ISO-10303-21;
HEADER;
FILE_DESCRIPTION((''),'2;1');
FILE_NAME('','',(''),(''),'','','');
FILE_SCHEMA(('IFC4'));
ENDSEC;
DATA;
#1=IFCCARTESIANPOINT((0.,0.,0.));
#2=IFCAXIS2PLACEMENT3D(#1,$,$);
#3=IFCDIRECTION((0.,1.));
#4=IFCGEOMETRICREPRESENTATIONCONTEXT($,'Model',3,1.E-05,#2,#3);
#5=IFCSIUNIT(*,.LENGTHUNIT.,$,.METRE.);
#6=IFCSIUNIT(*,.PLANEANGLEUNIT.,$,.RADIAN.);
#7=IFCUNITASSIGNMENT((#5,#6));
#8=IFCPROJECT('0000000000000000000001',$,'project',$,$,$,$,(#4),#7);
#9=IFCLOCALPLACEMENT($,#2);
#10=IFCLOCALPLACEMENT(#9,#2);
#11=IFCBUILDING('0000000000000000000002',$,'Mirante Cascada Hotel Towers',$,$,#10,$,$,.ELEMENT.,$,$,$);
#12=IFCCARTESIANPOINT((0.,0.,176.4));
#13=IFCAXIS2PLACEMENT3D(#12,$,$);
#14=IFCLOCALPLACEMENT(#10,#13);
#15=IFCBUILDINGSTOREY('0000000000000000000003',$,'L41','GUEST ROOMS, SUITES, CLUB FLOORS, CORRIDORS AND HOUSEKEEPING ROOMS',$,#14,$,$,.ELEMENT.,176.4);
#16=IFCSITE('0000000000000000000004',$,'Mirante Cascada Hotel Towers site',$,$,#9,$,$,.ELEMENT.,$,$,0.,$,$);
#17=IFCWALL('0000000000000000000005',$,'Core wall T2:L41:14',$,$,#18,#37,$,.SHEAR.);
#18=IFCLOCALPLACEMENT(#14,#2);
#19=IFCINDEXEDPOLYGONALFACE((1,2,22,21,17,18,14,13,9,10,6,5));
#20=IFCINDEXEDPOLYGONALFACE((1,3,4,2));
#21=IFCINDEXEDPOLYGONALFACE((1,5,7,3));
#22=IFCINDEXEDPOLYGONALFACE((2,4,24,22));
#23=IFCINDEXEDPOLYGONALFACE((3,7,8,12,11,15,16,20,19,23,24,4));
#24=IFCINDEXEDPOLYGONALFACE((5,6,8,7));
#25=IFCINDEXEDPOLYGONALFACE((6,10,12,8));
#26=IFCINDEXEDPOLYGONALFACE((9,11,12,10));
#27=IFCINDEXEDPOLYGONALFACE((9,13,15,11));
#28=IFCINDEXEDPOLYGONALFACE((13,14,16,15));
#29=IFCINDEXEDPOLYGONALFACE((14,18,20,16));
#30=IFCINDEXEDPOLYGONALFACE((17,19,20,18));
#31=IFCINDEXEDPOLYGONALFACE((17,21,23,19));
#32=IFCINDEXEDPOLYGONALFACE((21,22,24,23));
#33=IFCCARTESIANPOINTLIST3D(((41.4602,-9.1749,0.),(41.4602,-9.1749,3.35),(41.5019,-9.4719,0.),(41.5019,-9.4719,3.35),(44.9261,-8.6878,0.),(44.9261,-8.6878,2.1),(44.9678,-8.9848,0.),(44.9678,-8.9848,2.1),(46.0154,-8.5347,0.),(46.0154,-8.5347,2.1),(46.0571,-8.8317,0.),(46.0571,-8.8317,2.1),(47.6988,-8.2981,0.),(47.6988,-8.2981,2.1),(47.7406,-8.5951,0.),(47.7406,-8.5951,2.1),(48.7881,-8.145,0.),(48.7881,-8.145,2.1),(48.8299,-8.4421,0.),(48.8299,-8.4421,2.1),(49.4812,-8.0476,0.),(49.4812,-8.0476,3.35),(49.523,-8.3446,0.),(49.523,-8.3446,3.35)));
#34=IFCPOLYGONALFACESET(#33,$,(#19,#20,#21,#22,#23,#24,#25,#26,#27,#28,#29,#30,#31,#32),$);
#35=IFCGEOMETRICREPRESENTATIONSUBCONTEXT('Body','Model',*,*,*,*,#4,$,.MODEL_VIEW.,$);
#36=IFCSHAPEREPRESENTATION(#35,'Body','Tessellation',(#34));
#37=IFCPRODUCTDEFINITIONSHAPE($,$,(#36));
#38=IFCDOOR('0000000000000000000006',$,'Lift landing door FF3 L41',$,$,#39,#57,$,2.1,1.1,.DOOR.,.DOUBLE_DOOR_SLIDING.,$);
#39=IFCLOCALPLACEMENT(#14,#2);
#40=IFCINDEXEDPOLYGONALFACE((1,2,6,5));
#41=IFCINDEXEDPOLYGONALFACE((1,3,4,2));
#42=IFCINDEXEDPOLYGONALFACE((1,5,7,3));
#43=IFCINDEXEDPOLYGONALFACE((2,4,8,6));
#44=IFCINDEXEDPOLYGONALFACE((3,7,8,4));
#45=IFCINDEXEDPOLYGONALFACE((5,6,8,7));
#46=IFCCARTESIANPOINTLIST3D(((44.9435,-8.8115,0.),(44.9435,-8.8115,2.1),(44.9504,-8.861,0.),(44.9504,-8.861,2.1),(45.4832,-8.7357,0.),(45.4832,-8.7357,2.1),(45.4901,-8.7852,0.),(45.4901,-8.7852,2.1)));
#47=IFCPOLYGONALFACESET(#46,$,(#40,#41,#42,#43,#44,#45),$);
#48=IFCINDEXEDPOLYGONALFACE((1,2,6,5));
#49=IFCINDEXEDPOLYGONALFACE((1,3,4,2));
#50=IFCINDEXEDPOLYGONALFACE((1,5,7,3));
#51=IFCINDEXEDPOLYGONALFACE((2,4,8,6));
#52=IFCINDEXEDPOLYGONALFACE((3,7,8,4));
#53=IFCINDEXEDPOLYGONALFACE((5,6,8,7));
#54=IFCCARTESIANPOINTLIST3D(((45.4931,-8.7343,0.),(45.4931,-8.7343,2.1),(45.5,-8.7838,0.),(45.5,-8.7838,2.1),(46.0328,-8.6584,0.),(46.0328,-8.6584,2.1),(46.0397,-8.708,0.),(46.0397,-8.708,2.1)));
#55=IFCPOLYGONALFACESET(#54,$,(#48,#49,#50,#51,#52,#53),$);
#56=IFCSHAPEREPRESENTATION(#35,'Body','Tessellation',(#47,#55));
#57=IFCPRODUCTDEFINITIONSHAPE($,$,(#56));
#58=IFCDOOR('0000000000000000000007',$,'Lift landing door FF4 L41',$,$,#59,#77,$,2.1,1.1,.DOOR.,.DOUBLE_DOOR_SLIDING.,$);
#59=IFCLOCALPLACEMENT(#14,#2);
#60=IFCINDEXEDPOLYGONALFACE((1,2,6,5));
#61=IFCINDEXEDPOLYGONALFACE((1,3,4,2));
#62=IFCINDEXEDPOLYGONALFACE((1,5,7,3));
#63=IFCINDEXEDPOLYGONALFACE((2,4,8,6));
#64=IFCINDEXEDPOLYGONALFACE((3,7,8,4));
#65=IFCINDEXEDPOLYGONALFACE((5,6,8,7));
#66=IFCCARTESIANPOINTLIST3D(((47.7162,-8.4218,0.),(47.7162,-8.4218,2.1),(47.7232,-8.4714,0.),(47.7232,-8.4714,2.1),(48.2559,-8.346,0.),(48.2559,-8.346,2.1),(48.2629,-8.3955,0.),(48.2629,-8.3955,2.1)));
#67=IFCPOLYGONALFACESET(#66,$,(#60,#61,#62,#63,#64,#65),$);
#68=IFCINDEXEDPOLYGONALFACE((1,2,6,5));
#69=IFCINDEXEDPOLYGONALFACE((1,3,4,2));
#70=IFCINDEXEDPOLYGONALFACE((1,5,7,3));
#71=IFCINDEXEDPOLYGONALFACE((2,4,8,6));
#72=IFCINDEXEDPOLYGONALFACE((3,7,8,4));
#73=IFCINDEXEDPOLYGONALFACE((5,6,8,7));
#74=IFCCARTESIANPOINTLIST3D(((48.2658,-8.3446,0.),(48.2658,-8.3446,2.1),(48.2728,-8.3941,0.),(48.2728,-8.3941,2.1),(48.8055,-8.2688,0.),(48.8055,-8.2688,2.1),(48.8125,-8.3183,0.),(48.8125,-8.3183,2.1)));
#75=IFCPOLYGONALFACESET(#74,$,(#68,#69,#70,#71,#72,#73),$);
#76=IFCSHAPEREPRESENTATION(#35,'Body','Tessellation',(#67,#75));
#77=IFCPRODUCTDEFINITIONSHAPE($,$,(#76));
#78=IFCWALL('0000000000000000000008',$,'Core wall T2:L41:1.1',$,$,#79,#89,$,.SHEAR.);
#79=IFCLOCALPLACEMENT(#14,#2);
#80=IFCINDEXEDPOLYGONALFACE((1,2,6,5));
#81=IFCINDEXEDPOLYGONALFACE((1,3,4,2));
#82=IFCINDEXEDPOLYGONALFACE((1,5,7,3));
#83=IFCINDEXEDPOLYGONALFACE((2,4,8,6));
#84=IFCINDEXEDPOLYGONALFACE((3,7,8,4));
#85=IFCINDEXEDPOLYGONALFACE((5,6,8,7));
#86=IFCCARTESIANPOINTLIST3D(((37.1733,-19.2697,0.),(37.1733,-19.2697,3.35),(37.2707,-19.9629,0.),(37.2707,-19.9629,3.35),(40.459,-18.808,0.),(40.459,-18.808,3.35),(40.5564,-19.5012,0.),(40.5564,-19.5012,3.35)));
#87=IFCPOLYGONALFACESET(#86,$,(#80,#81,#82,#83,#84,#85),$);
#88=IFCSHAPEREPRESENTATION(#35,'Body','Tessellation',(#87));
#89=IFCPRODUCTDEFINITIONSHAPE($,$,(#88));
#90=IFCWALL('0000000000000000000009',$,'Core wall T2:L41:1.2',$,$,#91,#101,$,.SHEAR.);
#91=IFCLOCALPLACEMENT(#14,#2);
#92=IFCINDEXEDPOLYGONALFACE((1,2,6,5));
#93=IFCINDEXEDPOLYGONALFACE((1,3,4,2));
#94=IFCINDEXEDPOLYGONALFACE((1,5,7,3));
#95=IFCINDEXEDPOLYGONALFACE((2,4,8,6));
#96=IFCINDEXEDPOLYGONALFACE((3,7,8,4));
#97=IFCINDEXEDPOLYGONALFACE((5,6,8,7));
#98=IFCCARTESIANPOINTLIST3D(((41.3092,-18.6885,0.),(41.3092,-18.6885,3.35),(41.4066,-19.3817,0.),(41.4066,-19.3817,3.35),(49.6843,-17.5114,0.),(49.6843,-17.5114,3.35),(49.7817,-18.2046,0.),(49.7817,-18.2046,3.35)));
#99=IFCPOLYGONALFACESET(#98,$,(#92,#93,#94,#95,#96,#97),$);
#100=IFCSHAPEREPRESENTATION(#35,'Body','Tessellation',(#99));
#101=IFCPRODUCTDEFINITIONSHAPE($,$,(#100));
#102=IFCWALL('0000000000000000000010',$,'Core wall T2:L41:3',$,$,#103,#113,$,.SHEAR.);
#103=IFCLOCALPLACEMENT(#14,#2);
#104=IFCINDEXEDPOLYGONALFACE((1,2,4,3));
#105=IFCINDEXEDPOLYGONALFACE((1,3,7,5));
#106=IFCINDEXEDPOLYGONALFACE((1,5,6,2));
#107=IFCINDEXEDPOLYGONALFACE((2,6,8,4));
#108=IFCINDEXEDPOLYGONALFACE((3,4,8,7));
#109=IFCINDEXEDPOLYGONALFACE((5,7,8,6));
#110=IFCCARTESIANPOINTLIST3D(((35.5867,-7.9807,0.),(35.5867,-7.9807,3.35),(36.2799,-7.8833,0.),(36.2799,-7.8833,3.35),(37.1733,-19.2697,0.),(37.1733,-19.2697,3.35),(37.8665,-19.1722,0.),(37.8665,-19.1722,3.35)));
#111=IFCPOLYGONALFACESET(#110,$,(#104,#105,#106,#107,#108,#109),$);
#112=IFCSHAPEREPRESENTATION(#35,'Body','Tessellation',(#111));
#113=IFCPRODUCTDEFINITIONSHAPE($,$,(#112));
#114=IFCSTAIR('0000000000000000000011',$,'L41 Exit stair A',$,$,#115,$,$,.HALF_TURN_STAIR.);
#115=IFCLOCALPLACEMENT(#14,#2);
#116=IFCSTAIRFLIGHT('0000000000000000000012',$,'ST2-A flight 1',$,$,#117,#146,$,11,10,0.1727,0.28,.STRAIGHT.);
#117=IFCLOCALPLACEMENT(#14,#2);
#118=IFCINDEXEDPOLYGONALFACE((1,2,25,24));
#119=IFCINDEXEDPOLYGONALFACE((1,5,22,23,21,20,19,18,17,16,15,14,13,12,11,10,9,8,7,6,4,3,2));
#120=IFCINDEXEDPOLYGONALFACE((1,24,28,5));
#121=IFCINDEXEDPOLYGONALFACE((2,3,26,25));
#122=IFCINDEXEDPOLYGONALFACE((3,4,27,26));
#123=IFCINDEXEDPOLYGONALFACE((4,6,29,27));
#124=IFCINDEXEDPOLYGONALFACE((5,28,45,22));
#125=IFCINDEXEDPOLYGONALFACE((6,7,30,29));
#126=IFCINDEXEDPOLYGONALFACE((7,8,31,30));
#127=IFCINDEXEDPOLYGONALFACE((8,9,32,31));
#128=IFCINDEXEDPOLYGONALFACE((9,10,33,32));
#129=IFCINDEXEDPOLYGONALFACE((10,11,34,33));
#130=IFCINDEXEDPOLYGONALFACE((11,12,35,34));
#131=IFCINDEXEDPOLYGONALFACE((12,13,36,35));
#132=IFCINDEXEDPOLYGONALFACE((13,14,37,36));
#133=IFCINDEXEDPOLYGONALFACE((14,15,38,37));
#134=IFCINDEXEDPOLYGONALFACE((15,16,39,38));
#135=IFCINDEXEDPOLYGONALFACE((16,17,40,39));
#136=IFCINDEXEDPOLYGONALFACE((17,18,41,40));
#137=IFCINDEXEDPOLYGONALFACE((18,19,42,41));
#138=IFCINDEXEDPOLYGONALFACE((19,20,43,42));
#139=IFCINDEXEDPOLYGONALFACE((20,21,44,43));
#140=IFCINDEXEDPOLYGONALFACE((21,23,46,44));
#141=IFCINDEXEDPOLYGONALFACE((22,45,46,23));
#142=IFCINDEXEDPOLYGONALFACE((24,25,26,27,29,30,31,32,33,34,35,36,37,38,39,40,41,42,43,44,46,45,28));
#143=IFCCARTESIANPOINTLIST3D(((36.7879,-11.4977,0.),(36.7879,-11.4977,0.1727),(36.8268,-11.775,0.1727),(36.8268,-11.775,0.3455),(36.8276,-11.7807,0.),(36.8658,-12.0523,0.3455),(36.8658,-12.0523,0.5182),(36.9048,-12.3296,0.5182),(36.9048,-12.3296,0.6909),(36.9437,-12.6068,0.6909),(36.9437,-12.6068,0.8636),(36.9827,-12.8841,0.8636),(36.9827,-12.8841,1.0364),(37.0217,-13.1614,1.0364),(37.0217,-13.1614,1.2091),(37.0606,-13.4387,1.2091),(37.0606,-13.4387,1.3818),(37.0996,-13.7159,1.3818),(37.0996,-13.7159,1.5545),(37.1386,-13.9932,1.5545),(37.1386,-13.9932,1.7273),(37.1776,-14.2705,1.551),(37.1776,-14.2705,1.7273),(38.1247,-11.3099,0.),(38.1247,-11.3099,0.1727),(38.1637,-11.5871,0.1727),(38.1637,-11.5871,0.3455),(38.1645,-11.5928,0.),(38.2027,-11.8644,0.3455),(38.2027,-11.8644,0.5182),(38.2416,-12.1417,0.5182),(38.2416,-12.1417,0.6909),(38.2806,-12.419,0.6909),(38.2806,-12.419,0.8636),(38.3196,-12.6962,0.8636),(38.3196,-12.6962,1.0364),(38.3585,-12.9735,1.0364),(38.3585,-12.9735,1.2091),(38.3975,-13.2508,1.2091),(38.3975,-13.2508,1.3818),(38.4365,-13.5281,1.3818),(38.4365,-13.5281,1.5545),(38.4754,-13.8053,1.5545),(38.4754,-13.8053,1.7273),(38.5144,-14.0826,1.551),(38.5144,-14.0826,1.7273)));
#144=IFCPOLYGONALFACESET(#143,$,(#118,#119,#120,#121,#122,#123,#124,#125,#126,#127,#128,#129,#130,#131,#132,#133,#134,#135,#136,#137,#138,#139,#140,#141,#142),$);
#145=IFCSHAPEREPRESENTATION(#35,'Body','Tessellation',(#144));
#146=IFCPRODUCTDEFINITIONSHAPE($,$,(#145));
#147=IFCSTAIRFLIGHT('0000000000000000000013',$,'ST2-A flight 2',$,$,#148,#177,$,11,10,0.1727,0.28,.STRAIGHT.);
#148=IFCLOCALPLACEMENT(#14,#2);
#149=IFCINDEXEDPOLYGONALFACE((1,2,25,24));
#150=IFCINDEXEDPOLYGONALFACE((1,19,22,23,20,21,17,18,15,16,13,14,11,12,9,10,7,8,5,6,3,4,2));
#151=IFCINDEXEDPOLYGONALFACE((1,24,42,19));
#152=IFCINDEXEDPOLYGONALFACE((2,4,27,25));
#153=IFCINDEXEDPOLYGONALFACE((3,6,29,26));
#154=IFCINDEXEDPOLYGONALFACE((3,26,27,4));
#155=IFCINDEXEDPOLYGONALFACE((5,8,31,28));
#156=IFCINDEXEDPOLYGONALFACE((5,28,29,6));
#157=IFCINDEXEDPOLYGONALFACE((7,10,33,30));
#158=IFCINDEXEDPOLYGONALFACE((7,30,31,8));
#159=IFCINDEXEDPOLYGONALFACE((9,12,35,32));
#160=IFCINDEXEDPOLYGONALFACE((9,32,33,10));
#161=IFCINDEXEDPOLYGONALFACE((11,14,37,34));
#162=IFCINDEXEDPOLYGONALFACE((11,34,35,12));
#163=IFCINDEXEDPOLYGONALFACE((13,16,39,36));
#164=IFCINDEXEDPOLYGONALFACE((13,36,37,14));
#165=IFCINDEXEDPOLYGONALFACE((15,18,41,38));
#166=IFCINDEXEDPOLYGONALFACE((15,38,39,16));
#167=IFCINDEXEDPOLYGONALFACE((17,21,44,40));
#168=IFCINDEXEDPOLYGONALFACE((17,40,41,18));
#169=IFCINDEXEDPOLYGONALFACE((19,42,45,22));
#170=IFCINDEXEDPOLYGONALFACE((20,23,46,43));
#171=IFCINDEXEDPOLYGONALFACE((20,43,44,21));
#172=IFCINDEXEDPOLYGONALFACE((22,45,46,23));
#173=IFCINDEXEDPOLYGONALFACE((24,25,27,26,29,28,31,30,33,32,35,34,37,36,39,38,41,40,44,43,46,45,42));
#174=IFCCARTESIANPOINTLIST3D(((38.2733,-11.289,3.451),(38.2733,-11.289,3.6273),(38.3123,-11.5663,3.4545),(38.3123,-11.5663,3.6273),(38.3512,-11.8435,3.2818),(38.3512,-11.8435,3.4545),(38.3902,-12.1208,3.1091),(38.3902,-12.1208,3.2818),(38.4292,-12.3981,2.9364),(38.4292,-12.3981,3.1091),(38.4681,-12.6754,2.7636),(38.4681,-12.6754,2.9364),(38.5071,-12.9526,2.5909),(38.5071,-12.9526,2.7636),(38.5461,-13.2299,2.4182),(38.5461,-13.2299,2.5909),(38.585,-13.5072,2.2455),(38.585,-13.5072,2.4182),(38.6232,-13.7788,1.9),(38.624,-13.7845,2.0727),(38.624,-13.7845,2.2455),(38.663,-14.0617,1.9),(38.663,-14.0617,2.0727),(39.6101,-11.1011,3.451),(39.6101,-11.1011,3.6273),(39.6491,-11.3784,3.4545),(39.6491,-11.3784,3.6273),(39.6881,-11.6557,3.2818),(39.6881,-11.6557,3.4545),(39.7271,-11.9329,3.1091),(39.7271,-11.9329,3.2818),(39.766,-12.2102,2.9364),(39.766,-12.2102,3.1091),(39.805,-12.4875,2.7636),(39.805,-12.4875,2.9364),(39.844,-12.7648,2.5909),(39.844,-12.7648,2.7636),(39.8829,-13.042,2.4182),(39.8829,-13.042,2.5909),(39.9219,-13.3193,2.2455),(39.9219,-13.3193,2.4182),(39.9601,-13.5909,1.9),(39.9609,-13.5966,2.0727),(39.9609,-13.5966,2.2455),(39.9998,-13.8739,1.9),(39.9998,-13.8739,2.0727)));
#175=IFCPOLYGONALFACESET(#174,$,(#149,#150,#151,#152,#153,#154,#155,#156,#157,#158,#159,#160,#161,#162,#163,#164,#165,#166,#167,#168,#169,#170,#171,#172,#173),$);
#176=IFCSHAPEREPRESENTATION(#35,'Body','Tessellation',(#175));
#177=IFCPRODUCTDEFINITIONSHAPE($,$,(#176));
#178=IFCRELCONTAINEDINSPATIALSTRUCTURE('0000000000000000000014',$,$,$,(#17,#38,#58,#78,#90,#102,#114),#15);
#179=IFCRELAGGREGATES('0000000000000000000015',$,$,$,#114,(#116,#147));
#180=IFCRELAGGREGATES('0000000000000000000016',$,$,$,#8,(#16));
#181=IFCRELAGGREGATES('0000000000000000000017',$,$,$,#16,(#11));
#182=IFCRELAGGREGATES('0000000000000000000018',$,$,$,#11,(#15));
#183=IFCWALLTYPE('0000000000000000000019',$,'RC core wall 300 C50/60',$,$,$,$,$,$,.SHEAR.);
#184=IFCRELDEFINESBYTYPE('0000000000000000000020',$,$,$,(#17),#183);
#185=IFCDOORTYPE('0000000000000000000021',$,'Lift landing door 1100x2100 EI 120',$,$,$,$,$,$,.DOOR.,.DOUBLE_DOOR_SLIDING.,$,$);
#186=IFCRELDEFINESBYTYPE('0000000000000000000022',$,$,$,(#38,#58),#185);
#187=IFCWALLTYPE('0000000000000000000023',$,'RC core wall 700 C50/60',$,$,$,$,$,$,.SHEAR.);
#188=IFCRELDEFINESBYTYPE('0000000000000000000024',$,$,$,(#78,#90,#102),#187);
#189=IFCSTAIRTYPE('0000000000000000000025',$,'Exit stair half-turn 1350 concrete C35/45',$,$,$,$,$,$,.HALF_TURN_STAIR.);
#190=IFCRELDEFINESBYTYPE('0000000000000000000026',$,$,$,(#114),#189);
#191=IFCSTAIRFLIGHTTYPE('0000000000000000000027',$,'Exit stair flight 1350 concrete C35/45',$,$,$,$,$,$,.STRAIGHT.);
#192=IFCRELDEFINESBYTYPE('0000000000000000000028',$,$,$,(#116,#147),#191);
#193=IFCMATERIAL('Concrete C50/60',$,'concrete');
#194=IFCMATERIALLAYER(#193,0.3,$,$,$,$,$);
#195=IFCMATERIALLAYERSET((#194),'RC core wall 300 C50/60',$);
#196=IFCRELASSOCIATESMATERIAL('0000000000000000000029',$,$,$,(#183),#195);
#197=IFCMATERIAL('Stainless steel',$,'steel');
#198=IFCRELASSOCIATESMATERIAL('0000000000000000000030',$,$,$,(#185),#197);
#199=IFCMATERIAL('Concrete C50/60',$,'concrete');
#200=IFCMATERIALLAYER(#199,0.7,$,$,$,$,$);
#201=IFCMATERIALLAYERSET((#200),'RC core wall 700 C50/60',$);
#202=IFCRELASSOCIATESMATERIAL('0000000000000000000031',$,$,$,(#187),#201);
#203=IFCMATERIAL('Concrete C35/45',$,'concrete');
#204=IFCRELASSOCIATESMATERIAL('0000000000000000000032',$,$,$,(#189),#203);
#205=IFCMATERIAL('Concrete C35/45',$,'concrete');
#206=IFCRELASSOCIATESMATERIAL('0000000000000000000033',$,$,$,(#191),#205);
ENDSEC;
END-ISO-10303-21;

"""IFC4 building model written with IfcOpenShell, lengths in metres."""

from ifc_helpers import new_model, si_unit, direction, frame, frame_2d, origin, place, context, subcontext, project, spatial, polyline, rectangle, outline, extrude, material, layer, layer_set, type_object, element, fill, aggregate, save


model = new_model("IFC4")

# Units and contexts
model_context = context("Model", 3, precision=1e-05, world=origin(), true_north=direction((0.0, 1.0)))
body_context = subcontext(model_context, "Body", "Model", "MODEL_VIEW")
ifc_project = project(units=[si_unit("LENGTHUNIT", "METRE"), si_unit("PLANEANGLEUNIT", "RADIAN")], contexts=[model_context])

# Site, building, storey
site_placement = place(None, origin())
site = spatial("IfcSite", under=ifc_project, at=site_placement, Name="Mirante Cascada Hotel Towers site", CompositionType="ELEMENT", RefElevation=0.0)
building_placement = place(site_placement, origin())
building = spatial("IfcBuilding", under=site, at=building_placement, Name="Mirante Cascada Hotel Towers", CompositionType="ELEMENT")
storey_placement = place(building_placement, frame((0.0, 0.0, 176.4)))
storey = spatial("IfcBuildingStorey", under=building, at=storey_placement, Name="L41", Description="GUEST ROOMS, SUITES, CLUB FLOORS, CORRIDORS AND HOUSEKEEPING ROOMS", CompositionType="ELEMENT", Elevation=176.4)

# Shared definitions
ifc_material_1 = material(Name="Concrete C50/60", Category="concrete")
ifc_layer_1 = layer(ifc_material_1, 0.3)
ifc_layer_set_1 = layer_set([ifc_layer_1], Name="RC core wall 300 C50/60")
wall_type_1 = type_object("IfcWallType", Name="RC core wall 300 C50/60", PredefinedType="SHEAR", material=ifc_layer_set_1)

# Shared definitions
ifc_material_2 = material(Name="Stainless steel", Category="steel")
door_type_1 = type_object("IfcDoorType", Name="Lift landing door 1100x2100 EI 120", OperationType="DOUBLE_DOOR_SLIDING", PredefinedType="DOOR", material=ifc_material_2)

# Wall, openings, doors
wall_1_placement = place(storey_placement, frame((41.481, -9.3234, 0.0), z_axis=(0.0, 0.0, 1.0), x_axis=(0.990268, 0.139174, 0.0)))
wall_1 = element("IfcWall", 1, at=wall_1_placement, inside=storey, type_object=wall_type_1, Name="Core wall T2:L41:14", PredefinedType="SHEAR", context=body_context, shape_type="SweptSolid", body=[
    extrude(rectangle(XDim=8.0999, YDim=0.3, at=frame_2d((4.05, 0.0))), origin(), (0.0, 0.0, 1.0), 3.35),
])
opening_1_placement = place(wall_1_placement, frame((3.5, 0.0, 0.0)))
opening_1 = element("IfcOpeningElement", 2, at=opening_1_placement, cuts=wall_1, PredefinedType="OPENING", context=body_context, shape_type="SweptSolid", body=[
    extrude(rectangle(XDim=1.1, YDim=2.1, at=frame_2d((0.55, 1.05))), frame((0.0, 0.15, 0.0), z_axis=(0.0, -1.0, 0.0), x_axis=(1.0, 0.0, 0.0)), (0.0, 0.0, 1.0), 0.3),
])
opening_2_placement = place(wall_1_placement, frame((6.3, 0.0, 0.0)))
opening_2 = element("IfcOpeningElement", 3, at=opening_2_placement, cuts=wall_1, PredefinedType="OPENING", context=body_context, shape_type="SweptSolid", body=[
    extrude(rectangle(XDim=1.1, YDim=2.1, at=frame_2d((0.55, 1.05))), frame((0.0, 0.15, 0.0), z_axis=(0.0, -1.0, 0.0), x_axis=(1.0, 0.0, 0.0)), (0.0, 0.0, 1.0), 0.3),
])
door_1_placement = place(opening_1_placement, origin())
door_1 = element("IfcDoor", 4, at=door_1_placement, inside=storey, type_object=door_type_1, Name="Lift landing door FF3 L41", OperationType="DOUBLE_DOOR_SLIDING", OverallHeight=2.1, OverallWidth=1.1, PredefinedType="DOOR", context=body_context, shape_type="SweptSolid", body=[
    extrude(rectangle(XDim=0.545, YDim=2.1, at=frame_2d((0.2725, 1.05))), frame((0.0, 0.025, 0.0), z_axis=(0.0, -1.0, 0.0), x_axis=(1.0, 0.0, 0.0)), (0.0, 0.0, 1.0), 0.05),
    extrude(rectangle(XDim=0.545, YDim=2.1, at=frame_2d((0.8275, 1.05))), frame((0.0, 0.025, 0.0), z_axis=(0.0, -1.0, 0.0), x_axis=(1.0, 0.0, 0.0)), (0.0, 0.0, 1.0), 0.05),
])
fill(opening_1, door_1)
door_2_placement = place(opening_2_placement, origin())
door_2 = element("IfcDoor", 5, at=door_2_placement, inside=storey, type_object=door_type_1, Name="Lift landing door FF4 L41", OperationType="DOUBLE_DOOR_SLIDING", OverallHeight=2.1, OverallWidth=1.1, PredefinedType="DOOR", context=body_context, shape_type="SweptSolid", body=[
    extrude(rectangle(XDim=0.545, YDim=2.1, at=frame_2d((0.2725, 1.05))), frame((0.0, 0.025, 0.0), z_axis=(0.0, -1.0, 0.0), x_axis=(1.0, 0.0, 0.0)), (0.0, 0.0, 1.0), 0.05),
    extrude(rectangle(XDim=0.545, YDim=2.1, at=frame_2d((0.8275, 1.05))), frame((0.0, 0.025, 0.0), z_axis=(0.0, -1.0, 0.0), x_axis=(1.0, 0.0, 0.0)), (0.0, 0.0, 1.0), 0.05),
])
fill(opening_2, door_2)

# Walls
ifc_material_3 = material(Name="Concrete C50/60", Category="concrete")
ifc_layer_2 = layer(ifc_material_3, 0.7)
ifc_layer_set_2 = layer_set([ifc_layer_2], Name="RC core wall 700 C50/60")
wall_type_2 = type_object("IfcWallType", Name="RC core wall 700 C50/60", PredefinedType="SHEAR", material=ifc_layer_set_2)
wall_2_placement = place(storey_placement, frame((37.222, -19.6163, 0.0), z_axis=(0.0, 0.0, 1.0), x_axis=(0.990271, 0.139151, 0.0)))
element("IfcWall", 6, at=wall_2_placement, inside=storey, type_object=wall_type_2, Name="Core wall T2:L41:1.1", PredefinedType="SHEAR", context=body_context, shape_type="SweptSolid", body=[
    extrude(rectangle(XDim=3.318, YDim=0.7, at=frame_2d((1.659, 0.0))), origin(), (0.0, 0.0, 1.0), 3.35),
])
wall_3_placement = place(storey_placement, frame((41.3579, -19.0351, 0.0), z_axis=(0.0, 0.0, 1.0), x_axis=(0.990267, 0.13918, 0.0)))
element("IfcWall", 7, at=wall_3_placement, inside=storey, type_object=wall_type_2, Name="Core wall T2:L41:1.2", PredefinedType="SHEAR", context=body_context, shape_type="SweptSolid", body=[
    extrude(rectangle(XDim=8.4574, YDim=0.7, at=frame_2d((4.2287, 0.0))), origin(), (0.0, 0.0, 1.0), 3.35),
])
wall_4_placement = place(storey_placement, frame((37.5199, -19.221, 0.0), z_axis=(0.0, 0.0, 1.0), x_axis=(-0.139176, 0.990268, 0.0)))
element("IfcWall", 8, at=wall_4_placement, inside=storey, type_object=wall_type_2, Name="Core wall T2:L41:3", PredefinedType="SHEAR", context=body_context, shape_type="SweptSolid", body=[
    extrude(rectangle(XDim=11.3999, YDim=0.7, at=frame_2d((5.7, 0.0))), origin(), (0.0, 0.0, 1.0), 3.35),
])

# Stair, stair flights
ifc_material_4 = material(Name="Concrete C35/45", Category="concrete")
stair_type = type_object("IfcStairType", Name="Exit stair half-turn 1350 concrete C35/45", PredefinedType="HALF_TURN_STAIR", material=ifc_material_4)
stair_placement = place(storey_placement, origin())
stair = element("IfcStair", 9, at=stair_placement, inside=storey, type_object=stair_type, Name="L41 Exit stair A", PredefinedType="HALF_TURN_STAIR")
ifc_material_5 = material(Name="Concrete C35/45", Category="concrete")
stair_flight_type = type_object("IfcStairFlightType", Name="Exit stair flight 1350 concrete C35/45", PredefinedType="STRAIGHT", material=ifc_material_5)
stair_flight_1_placement = place(storey_placement, frame((37.4563, -11.4038, 0.0), z_axis=(0.0, 0.0, 1.0), x_axis=(0.139173, -0.990268, 0.0)))
stair_flight_1 = element("IfcStairFlight", 10, at=stair_flight_1_placement, type_object=stair_flight_type, Name="ST2-A flight 1", NumberOfRisers=11, NumberOfTreads=10, PredefinedType="STRAIGHT", RiserHeight=0.1727, TreadLength=0.28, context=body_context, shape_type="SweptSolid", body=[
    extrude(outline(polyline([(0.0, 0.0), (0.0, 0.1727), (0.28, 0.1727), (0.28, 0.3455), (0.56, 0.3455), (0.56, 0.5182), (0.84, 0.5182), (0.84, 0.6909), (1.12, 0.6909), (1.12, 0.8636), (1.4, 0.8636), (1.4, 1.0364), (1.68, 1.0364), (1.68, 1.2091), (1.96, 1.2091), (1.96, 1.3818), (2.24, 1.3818), (2.24, 1.5545), (2.52, 1.5545), (2.52, 1.7273), (2.8, 1.7273), (2.8, 1.9), (2.8, 1.551), (0.2857, 0.0), (0.0, 0.0)])), frame((0.0, 0.675, 0.0), z_axis=(0.0, -1.0, 0.0), x_axis=(1.0, 0.0, 0.0)), (0.0, 0.0, 1.0), 1.35),
])
stair_flight_2_placement = place(storey_placement, frame((39.3314, -13.9678, 1.9), z_axis=(0.0, 0.0, 1.0), x_axis=(-0.139173, 0.990268, 0.0)))
stair_flight_2 = element("IfcStairFlight", 11, at=stair_flight_2_placement, type_object=stair_flight_type, Name="ST2-A flight 2", NumberOfRisers=11, NumberOfTreads=10, PredefinedType="STRAIGHT", RiserHeight=0.1727, TreadLength=0.28, context=body_context, shape_type="SweptSolid", body=[
    extrude(outline(polyline([(0.0, 0.0), (0.0, 0.1727), (0.28, 0.1727), (0.28, 0.3455), (0.56, 0.3455), (0.56, 0.5182), (0.84, 0.5182), (0.84, 0.6909), (1.12, 0.6909), (1.12, 0.8636), (1.4, 0.8636), (1.4, 1.0364), (1.68, 1.0364), (1.68, 1.2091), (1.96, 1.2091), (1.96, 1.3818), (2.24, 1.3818), (2.24, 1.5545), (2.52, 1.5545), (2.52, 1.7273), (2.8, 1.7273), (2.8, 1.9), (2.8, 1.551), (0.2857, 0.0), (0.0, 0.0)])), frame((0.0, 0.675, 0.0), z_axis=(0.0, -1.0, 0.0), x_axis=(1.0, 0.0, 0.0)), (0.0, 0.0, 1.0), 1.35),
])
aggregate(stair, [stair_flight_1, stair_flight_2])

save(model, "model.ifc")
